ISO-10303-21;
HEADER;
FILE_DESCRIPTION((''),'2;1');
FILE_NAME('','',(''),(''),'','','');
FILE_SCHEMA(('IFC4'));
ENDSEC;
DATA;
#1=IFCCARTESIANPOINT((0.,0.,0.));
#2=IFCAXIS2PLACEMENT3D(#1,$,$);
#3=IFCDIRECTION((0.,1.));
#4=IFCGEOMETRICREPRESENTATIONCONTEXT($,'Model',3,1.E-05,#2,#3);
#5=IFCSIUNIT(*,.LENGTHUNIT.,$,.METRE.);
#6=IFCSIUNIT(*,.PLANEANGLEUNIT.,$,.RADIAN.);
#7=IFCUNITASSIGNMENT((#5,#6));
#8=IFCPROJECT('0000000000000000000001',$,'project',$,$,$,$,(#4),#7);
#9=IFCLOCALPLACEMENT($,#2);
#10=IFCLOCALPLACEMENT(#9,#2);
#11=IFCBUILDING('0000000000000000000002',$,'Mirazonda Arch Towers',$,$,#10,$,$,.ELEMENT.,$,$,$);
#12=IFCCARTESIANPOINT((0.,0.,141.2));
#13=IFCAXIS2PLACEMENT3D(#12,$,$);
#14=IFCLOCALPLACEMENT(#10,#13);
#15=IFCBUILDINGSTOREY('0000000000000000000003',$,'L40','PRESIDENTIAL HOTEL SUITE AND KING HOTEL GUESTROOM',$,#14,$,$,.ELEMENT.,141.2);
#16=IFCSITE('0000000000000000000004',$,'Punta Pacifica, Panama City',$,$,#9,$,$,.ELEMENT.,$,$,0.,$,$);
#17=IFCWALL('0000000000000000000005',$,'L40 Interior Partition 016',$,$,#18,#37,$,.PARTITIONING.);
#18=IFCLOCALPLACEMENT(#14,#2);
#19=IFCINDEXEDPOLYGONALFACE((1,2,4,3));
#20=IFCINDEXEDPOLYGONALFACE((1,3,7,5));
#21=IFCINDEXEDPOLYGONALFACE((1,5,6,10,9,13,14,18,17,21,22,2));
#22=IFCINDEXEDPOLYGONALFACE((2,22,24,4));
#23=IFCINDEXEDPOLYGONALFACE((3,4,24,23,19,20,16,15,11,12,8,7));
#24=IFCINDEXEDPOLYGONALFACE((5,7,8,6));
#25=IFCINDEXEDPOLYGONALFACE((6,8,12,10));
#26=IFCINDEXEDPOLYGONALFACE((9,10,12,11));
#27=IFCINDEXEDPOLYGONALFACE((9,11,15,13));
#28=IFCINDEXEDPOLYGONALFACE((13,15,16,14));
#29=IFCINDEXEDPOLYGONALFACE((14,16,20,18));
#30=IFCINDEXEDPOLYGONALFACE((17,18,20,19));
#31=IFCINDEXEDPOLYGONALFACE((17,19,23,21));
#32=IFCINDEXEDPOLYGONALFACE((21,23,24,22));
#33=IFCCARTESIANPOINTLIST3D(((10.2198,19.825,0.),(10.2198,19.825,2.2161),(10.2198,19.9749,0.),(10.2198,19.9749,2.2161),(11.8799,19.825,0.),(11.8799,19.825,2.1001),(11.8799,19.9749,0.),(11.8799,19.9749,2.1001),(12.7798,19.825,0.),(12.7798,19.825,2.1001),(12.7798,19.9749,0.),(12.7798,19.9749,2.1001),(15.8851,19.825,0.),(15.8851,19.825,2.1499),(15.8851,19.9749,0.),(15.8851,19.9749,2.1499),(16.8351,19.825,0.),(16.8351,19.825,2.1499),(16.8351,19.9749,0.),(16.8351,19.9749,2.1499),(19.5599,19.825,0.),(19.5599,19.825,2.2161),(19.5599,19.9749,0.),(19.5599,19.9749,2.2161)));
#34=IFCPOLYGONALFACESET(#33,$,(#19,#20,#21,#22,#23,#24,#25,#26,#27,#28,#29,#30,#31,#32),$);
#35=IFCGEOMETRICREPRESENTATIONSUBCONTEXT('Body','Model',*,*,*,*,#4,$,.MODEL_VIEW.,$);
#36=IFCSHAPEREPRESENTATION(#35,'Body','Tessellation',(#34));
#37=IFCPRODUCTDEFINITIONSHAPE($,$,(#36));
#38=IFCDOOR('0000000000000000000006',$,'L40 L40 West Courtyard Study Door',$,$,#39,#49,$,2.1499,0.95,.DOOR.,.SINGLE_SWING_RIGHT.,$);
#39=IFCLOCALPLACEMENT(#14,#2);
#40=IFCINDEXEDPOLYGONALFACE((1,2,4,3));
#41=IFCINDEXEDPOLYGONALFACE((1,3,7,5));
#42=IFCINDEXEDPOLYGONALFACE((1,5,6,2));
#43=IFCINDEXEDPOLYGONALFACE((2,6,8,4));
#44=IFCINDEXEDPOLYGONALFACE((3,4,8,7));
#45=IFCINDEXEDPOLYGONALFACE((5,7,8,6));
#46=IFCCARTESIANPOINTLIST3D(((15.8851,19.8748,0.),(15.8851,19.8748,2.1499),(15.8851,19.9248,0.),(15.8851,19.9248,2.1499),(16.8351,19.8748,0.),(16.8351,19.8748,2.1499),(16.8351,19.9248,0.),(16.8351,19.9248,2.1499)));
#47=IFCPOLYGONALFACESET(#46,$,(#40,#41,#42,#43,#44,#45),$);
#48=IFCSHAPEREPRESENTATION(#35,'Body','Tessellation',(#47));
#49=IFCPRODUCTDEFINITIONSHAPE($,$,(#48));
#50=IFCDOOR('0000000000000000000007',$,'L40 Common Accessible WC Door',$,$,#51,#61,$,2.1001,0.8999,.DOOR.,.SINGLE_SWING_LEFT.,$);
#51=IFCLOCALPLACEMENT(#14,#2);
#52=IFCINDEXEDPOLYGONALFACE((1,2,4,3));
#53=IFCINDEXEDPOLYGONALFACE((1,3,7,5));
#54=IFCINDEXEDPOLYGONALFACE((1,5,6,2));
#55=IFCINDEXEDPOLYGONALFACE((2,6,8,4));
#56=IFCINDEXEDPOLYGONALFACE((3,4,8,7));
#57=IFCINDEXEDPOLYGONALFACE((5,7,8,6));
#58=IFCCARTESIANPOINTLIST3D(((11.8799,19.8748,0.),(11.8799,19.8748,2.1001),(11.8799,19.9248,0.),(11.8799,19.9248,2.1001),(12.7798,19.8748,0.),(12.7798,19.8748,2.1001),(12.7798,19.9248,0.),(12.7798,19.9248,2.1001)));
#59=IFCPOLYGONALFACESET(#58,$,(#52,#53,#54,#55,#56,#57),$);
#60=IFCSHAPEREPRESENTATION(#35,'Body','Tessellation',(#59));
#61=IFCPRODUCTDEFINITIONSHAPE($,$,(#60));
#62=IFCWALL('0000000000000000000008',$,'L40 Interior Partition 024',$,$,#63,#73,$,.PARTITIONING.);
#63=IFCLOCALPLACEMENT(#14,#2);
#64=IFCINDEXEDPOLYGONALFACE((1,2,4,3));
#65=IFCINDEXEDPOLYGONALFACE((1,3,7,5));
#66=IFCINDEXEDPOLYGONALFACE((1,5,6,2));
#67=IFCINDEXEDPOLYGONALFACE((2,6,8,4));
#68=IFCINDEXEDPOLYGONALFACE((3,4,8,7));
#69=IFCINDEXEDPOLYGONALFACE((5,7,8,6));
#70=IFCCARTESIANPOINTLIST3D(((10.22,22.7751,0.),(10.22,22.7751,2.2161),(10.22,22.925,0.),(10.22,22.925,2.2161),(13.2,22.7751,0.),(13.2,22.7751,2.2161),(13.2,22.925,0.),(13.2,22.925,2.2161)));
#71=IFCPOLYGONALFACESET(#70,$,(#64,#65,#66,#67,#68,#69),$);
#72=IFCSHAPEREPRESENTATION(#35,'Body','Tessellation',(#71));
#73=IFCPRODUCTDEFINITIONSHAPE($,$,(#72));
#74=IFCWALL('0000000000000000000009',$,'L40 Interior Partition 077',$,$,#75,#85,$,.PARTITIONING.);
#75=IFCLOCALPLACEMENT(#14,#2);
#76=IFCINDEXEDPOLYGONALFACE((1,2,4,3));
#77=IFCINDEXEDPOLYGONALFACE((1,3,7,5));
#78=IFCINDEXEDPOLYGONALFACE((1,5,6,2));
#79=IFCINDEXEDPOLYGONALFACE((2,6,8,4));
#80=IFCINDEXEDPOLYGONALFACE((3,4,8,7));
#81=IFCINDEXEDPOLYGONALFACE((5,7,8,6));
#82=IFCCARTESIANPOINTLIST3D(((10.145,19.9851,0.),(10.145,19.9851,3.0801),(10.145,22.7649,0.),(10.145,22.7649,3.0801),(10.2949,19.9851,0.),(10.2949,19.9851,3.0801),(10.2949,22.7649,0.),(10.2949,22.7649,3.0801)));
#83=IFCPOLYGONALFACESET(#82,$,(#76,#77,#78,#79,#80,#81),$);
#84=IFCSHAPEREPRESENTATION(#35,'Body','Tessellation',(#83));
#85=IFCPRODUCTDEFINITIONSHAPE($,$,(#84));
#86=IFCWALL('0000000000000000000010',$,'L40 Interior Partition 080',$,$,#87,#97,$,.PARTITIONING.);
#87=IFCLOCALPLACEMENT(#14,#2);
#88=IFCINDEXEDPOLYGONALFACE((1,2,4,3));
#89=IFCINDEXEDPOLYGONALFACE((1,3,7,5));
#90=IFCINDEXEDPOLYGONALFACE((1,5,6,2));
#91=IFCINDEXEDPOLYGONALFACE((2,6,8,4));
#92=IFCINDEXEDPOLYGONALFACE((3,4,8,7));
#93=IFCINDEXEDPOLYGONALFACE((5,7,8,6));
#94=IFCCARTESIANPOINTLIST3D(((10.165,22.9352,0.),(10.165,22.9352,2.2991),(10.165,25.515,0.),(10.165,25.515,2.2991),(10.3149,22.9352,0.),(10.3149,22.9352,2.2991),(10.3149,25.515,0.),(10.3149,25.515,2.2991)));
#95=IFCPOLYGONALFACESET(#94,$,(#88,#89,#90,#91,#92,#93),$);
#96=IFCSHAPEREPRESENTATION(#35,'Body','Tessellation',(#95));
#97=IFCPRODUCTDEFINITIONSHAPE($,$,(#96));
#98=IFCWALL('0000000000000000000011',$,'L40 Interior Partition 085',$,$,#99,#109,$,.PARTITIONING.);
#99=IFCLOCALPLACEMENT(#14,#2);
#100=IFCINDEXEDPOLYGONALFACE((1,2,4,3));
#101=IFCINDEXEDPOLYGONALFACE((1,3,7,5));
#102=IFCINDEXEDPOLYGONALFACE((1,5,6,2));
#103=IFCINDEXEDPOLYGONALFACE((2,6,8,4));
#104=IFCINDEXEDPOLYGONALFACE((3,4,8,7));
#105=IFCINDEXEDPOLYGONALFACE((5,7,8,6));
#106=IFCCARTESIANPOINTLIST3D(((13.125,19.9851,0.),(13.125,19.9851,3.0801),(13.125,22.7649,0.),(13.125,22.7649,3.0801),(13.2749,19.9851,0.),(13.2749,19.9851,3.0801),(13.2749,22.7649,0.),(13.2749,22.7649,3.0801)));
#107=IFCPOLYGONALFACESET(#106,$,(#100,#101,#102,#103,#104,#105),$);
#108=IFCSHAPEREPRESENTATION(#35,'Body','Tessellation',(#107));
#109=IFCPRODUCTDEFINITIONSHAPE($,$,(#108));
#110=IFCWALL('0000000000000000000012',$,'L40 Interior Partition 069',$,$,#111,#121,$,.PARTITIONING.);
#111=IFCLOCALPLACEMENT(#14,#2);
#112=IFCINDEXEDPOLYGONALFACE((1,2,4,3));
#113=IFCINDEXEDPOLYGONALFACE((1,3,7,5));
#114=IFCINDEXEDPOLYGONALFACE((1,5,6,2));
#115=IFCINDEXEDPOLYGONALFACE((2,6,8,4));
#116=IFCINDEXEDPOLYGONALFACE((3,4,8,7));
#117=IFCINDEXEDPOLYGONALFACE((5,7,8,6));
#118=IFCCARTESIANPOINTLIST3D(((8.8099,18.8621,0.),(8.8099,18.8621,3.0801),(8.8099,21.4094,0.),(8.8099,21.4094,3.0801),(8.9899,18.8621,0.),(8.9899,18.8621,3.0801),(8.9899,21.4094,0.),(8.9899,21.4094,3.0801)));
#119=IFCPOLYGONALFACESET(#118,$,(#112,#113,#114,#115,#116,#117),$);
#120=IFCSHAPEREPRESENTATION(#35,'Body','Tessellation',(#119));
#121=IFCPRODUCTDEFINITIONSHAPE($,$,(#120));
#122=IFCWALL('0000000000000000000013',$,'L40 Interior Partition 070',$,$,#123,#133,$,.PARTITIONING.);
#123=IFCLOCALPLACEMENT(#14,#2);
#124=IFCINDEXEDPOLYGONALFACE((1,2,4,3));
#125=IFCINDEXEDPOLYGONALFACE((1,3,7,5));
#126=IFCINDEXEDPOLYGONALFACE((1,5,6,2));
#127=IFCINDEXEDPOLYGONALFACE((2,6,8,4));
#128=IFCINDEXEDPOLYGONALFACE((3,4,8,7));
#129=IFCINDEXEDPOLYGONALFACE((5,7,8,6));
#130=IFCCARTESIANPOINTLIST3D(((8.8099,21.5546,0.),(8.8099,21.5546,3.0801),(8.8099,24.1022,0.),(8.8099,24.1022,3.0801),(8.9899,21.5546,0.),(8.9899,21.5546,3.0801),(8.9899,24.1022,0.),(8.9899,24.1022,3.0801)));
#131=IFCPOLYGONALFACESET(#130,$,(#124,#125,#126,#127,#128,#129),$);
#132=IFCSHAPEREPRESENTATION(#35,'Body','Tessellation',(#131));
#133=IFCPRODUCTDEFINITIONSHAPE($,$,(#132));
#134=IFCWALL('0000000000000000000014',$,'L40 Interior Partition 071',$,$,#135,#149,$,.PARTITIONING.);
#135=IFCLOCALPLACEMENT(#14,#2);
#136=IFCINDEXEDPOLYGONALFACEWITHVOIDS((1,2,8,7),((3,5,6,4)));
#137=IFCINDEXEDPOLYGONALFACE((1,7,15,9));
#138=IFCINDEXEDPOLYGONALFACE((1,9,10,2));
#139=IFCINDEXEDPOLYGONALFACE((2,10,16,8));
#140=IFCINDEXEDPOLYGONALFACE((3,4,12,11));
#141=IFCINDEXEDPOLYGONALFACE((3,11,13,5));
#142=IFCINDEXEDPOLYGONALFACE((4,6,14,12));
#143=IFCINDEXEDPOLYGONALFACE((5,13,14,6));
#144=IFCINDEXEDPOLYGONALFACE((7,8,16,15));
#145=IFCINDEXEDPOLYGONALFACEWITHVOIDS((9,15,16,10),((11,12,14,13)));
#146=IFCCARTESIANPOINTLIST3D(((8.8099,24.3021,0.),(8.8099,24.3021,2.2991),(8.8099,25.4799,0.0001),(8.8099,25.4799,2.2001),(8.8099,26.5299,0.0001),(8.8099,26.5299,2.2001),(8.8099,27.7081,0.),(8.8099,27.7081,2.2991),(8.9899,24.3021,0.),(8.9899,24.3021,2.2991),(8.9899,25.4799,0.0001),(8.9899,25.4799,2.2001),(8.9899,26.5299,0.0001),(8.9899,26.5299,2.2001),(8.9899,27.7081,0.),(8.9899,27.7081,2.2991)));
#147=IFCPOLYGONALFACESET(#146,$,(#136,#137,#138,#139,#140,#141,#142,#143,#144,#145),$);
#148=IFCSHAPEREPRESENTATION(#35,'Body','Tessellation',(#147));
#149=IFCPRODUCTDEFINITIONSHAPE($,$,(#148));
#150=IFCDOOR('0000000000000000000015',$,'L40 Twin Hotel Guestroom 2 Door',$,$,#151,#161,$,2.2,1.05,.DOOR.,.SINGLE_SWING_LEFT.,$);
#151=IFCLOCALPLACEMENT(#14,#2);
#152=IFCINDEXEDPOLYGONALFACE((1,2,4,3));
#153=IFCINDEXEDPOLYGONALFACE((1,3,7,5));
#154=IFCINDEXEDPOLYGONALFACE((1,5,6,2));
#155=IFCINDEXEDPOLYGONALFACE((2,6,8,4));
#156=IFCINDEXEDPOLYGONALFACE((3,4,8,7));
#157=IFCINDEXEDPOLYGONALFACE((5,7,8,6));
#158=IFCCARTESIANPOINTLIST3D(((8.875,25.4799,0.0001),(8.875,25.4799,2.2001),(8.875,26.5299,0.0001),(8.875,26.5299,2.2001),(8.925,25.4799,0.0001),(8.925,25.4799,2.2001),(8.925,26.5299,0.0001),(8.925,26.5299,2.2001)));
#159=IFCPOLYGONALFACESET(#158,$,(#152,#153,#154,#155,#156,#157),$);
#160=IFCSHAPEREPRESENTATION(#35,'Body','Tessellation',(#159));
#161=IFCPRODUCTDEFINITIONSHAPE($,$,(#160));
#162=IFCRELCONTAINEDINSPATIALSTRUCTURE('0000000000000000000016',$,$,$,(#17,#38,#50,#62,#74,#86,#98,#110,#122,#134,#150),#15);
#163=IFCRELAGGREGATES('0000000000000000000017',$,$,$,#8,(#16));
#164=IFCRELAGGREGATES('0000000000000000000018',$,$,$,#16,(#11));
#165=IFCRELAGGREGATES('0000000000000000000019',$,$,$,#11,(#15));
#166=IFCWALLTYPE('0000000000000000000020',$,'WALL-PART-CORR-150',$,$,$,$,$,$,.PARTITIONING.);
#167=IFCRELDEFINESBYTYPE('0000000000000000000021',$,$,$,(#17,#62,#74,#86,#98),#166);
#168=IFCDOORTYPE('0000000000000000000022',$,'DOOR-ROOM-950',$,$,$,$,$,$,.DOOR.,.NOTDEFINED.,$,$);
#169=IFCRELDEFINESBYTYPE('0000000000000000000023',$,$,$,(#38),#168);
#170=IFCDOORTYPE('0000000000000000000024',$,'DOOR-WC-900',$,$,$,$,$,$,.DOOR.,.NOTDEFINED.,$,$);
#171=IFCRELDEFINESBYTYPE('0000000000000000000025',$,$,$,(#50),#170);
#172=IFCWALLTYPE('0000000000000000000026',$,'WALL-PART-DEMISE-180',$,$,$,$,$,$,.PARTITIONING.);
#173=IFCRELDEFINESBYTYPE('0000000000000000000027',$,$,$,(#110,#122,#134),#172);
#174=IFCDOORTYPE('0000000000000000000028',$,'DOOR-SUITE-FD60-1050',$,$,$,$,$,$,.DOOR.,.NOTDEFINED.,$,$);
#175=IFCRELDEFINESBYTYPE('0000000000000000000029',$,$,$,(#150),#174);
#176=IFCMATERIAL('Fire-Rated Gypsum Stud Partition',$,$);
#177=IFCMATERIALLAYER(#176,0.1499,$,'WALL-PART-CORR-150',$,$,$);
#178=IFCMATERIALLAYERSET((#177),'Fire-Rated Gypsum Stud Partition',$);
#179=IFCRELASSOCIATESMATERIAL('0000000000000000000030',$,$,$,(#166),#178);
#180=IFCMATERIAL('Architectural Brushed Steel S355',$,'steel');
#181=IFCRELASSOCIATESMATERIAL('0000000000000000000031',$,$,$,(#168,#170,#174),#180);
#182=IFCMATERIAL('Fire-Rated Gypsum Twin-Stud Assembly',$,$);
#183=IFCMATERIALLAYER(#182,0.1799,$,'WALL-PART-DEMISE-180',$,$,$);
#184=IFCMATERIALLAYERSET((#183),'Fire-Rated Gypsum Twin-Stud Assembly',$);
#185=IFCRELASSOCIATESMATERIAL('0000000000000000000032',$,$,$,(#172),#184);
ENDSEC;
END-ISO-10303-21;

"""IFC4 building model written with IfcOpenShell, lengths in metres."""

from ifc_helpers import new_model, si_unit, direction, frame, frame_2d, origin, place, context, subcontext, project, spatial, rectangle, extrude, material, layer, layer_set, type_object, element, fill, save


model = new_model("IFC4")

# Units and contexts
model_context = context("Model", 3, precision=1e-05, world=origin(), true_north=direction((0.0, 1.0)))
body_context = subcontext(model_context, "Body", "Model", "MODEL_VIEW")
ifc_project = project(units=[si_unit("LENGTHUNIT", "METRE"), si_unit("PLANEANGLEUNIT", "RADIAN")], contexts=[model_context])

# Site, building, storey
site_placement = place(None, origin())
site = spatial("IfcSite", under=ifc_project, at=site_placement, Name="Punta Pacifica, Panama City", CompositionType="ELEMENT", RefElevation=0.0)
building_placement = place(site_placement, origin())
building = spatial("IfcBuilding", under=site, at=building_placement, Name="Mirazonda Arch Towers", CompositionType="ELEMENT")
storey_placement = place(building_placement, frame((0.0, 0.0, 141.2)))
storey = spatial("IfcBuildingStorey", under=building, at=storey_placement, Name="L40", Description="PRESIDENTIAL HOTEL SUITE AND KING HOTEL GUESTROOM", CompositionType="ELEMENT", Elevation=141.2)

# Shared definitions
ifc_material_1 = material(Name="Architectural Brushed Steel S355", Category="steel")

# Shared definitions
ifc_material_2 = material(Name="Fire-Rated Gypsum Stud Partition")
ifc_layer_1 = layer(ifc_material_2, 0.1499, Name="WALL-PART-CORR-150")
ifc_layer_set_1 = layer_set([ifc_layer_1], Name="Fire-Rated Gypsum Stud Partition")
wall_type_1 = type_object("IfcWallType", Name="WALL-PART-CORR-150", PredefinedType="PARTITIONING", material=ifc_layer_set_1)

# Wall, openings, doors
wall_1_placement = place(storey_placement, frame((10.22, 19.8999, 0.0), z_axis=(0.0, 0.0, 1.0), x_axis=(1.0, 0.0, 0.0)))
wall_1 = element("IfcWall", 1, at=wall_1_placement, inside=storey, type_object=wall_type_1, Name="L40 Interior Partition 016", PredefinedType="PARTITIONING", context=body_context, shape_type="SweptSolid", body=[
    extrude(rectangle(XDim=9.3401, YDim=0.1499, at=frame_2d((4.6699, 0.0))), origin(), (0.0, 0.0, 1.0), 2.2161),
])
opening_1_placement = place(wall_1_placement, frame((1.6599, 0.0, 0.0)))
opening_1 = element("IfcOpeningElement", 2, at=opening_1_placement, cuts=wall_1, PredefinedType="OPENING", context=body_context, shape_type="SweptSolid", body=[
    extrude(rectangle(XDim=0.8999, YDim=2.1001, at=frame_2d((0.45, 1.05))), frame((0.0, 0.085, 0.0), z_axis=(0.0, -1.0, 0.0), x_axis=(1.0, 0.0, 0.0)), (0.0, 0.0, 1.0), 0.1699),
])
opening_2_placement = place(wall_1_placement, frame((5.665, 0.0, 0.0)))
opening_2 = element("IfcOpeningElement", 3, at=opening_2_placement, cuts=wall_1, PredefinedType="OPENING", context=body_context, shape_type="SweptSolid", body=[
    extrude(rectangle(XDim=0.95, YDim=2.1499, at=frame_2d((0.4751, 1.075))), frame((0.0, 0.085, 0.0), z_axis=(0.0, -1.0, 0.0), x_axis=(1.0, 0.0, 0.0)), (0.0, 0.0, 1.0), 0.1699),
])
door_type_1 = type_object("IfcDoorType", Name="DOOR-ROOM-950", OperationType="NOTDEFINED", PredefinedType="DOOR", material=ifc_material_1)
door_1_placement = place(opening_2_placement, origin())
door_1 = element("IfcDoor", 4, at=door_1_placement, inside=storey, type_object=door_type_1, Name="L40 L40 West Courtyard Study Door", OperationType="SINGLE_SWING_RIGHT", OverallHeight=2.1499, OverallWidth=0.95, PredefinedType="DOOR", context=body_context, shape_type="SweptSolid", body=[
    extrude(rectangle(XDim=0.95, YDim=2.1499, at=frame_2d((0.4751, 1.075))), frame((0.0, 0.0249, 0.0), z_axis=(0.0, -1.0, 0.0), x_axis=(1.0, 0.0, 0.0)), (0.0, 0.0, 1.0), 0.05),
])
fill(opening_2, door_1)
door_type_2 = type_object("IfcDoorType", Name="DOOR-WC-900", OperationType="NOTDEFINED", PredefinedType="DOOR", material=ifc_material_1)
door_2_placement = place(opening_1_placement, origin())
door_2 = element("IfcDoor", 5, at=door_2_placement, inside=storey, type_object=door_type_2, Name="L40 Common Accessible WC Door", OperationType="SINGLE_SWING_LEFT", OverallHeight=2.1001, OverallWidth=0.8999, PredefinedType="DOOR", context=body_context, shape_type="SweptSolid", body=[
    extrude(rectangle(XDim=0.8999, YDim=2.1001, at=frame_2d((0.45, 1.05))), frame((0.0, 0.0249, 0.0), z_axis=(0.0, -1.0, 0.0), x_axis=(1.0, 0.0, 0.0)), (0.0, 0.0, 1.0), 0.05),
])
fill(opening_1, door_2)

# Walls
wall_2_placement = place(storey_placement, frame((10.22, 22.8501, 0.0), z_axis=(0.0, 0.0, 1.0), x_axis=(1.0, 0.0, 0.0)))
element("IfcWall", 6, at=wall_2_placement, inside=storey, type_object=wall_type_1, Name="L40 Interior Partition 024", PredefinedType="PARTITIONING", context=body_context, shape_type="SweptSolid", body=[
    extrude(rectangle(XDim=2.98, YDim=0.1499, at=frame_2d((1.49, 0.0))), origin(), (0.0, 0.0, 1.0), 2.2161),
])
wall_3_placement = place(storey_placement, frame((10.22, 19.9851, 0.0), z_axis=(0.0, 0.0, 1.0), x_axis=(0.0, 1.0, 0.0)))
element("IfcWall", 7, at=wall_3_placement, inside=storey, type_object=wall_type_1, Name="L40 Interior Partition 077", PredefinedType="PARTITIONING", context=body_context, shape_type="SweptSolid", body=[
    extrude(rectangle(XDim=2.7798, YDim=0.1499, at=frame_2d((1.3899, 0.0))), origin(), (0.0, 0.0, 1.0), 3.0801),
])
wall_4_placement = place(storey_placement, frame((10.24, 22.9351, 0.0), z_axis=(0.0, 0.0, 1.0), x_axis=(0.0, 1.0, 0.0)))
element("IfcWall", 8, at=wall_4_placement, inside=storey, type_object=wall_type_1, Name="L40 Interior Partition 080", PredefinedType="PARTITIONING", context=body_context, shape_type="SweptSolid", body=[
    extrude(rectangle(XDim=2.5798, YDim=0.1499, at=frame_2d((1.29, 0.0))), origin(), (0.0, 0.0, 1.0), 2.2991),
])
wall_5_placement = place(storey_placement, frame((13.2, 19.9851, 0.0), z_axis=(0.0, 0.0, 1.0), x_axis=(0.0, 1.0, 0.0)))
element("IfcWall", 9, at=wall_5_placement, inside=storey, type_object=wall_type_1, Name="L40 Interior Partition 085", PredefinedType="PARTITIONING", context=body_context, shape_type="SweptSolid", body=[
    extrude(rectangle(XDim=2.7798, YDim=0.1499, at=frame_2d((1.3899, 0.0))), origin(), (0.0, 0.0, 1.0), 3.0801),
])
ifc_material_3 = material(Name="Fire-Rated Gypsum Twin-Stud Assembly")
ifc_layer_2 = layer(ifc_material_3, 0.1799, Name="WALL-PART-DEMISE-180")
ifc_layer_set_2 = layer_set([ifc_layer_2], Name="Fire-Rated Gypsum Twin-Stud Assembly")
wall_type_2 = type_object("IfcWallType", Name="WALL-PART-DEMISE-180", PredefinedType="PARTITIONING", material=ifc_layer_set_2)
wall_6_placement = place(storey_placement, frame((8.8999, 18.8621, 0.0), z_axis=(0.0, 0.0, 1.0), x_axis=(0.0, 1.0, 0.0)))
element("IfcWall", 10, at=wall_6_placement, inside=storey, type_object=wall_type_2, Name="L40 Interior Partition 069", PredefinedType="PARTITIONING", context=body_context, shape_type="SweptSolid", body=[
    extrude(rectangle(XDim=2.5474, YDim=0.1799, at=frame_2d((1.2737, 0.0))), origin(), (0.0, 0.0, 1.0), 3.0801),
])
wall_7_placement = place(storey_placement, frame((8.8999, 21.5544, 0.0), z_axis=(0.0, 0.0, 1.0), x_axis=(0.0, 1.0, 0.0)))
element("IfcWall", 11, at=wall_7_placement, inside=storey, type_object=wall_type_2, Name="L40 Interior Partition 070", PredefinedType="PARTITIONING", context=body_context, shape_type="SweptSolid", body=[
    extrude(rectangle(XDim=2.5476, YDim=0.1799, at=frame_2d((1.2739, 0.0))), origin(), (0.0, 0.0, 1.0), 3.0801),
])

# Wall, opening, door
wall_8_placement = place(storey_placement, frame((8.8999, 24.302, 0.0), z_axis=(0.0, 0.0, 1.0), x_axis=(0.0, 1.0, 0.0)))
wall_8 = element("IfcWall", 12, at=wall_8_placement, inside=storey, type_object=wall_type_2, Name="L40 Interior Partition 071", PredefinedType="PARTITIONING", context=body_context, shape_type="SweptSolid", body=[
    extrude(rectangle(XDim=3.406, YDim=0.1799, at=frame_2d((1.7031, 0.0))), origin(), (0.0, 0.0, 1.0), 2.2991),
])
opening_3_placement = place(wall_8_placement, frame((1.178, 0.0, 0.0)))
opening_3 = element("IfcOpeningElement", 13, at=opening_3_placement, cuts=wall_8, PredefinedType="OPENING", context=body_context, shape_type="SweptSolid", body=[
    extrude(rectangle(XDim=1.05, YDim=2.2, at=frame_2d((0.5249, 1.1001))), frame((0.0, 0.0999, 0.0), z_axis=(0.0, -1.0, 0.0), x_axis=(1.0, 0.0, 0.0)), (0.0, 0.0, 1.0), 0.2),
])
door_type_3 = type_object("IfcDoorType", Name="DOOR-SUITE-FD60-1050", OperationType="NOTDEFINED", PredefinedType="DOOR", material=ifc_material_1)
door_3_placement = place(opening_3_placement, origin())
door_3 = element("IfcDoor", 14, at=door_3_placement, inside=storey, type_object=door_type_3, Name="L40 Twin Hotel Guestroom 2 Door", OperationType="SINGLE_SWING_LEFT", OverallHeight=2.2, OverallWidth=1.05, PredefinedType="DOOR", context=body_context, shape_type="SweptSolid", body=[
    extrude(rectangle(XDim=1.05, YDim=2.2, at=frame_2d((0.5249, 1.1001))), frame((0.0, 0.0249, 0.0), z_axis=(0.0, -1.0, 0.0), x_axis=(1.0, 0.0, 0.0)), (0.0, 0.0, 1.0), 0.05),
])
fill(opening_3, door_3)

save(model, "model.ifc")
